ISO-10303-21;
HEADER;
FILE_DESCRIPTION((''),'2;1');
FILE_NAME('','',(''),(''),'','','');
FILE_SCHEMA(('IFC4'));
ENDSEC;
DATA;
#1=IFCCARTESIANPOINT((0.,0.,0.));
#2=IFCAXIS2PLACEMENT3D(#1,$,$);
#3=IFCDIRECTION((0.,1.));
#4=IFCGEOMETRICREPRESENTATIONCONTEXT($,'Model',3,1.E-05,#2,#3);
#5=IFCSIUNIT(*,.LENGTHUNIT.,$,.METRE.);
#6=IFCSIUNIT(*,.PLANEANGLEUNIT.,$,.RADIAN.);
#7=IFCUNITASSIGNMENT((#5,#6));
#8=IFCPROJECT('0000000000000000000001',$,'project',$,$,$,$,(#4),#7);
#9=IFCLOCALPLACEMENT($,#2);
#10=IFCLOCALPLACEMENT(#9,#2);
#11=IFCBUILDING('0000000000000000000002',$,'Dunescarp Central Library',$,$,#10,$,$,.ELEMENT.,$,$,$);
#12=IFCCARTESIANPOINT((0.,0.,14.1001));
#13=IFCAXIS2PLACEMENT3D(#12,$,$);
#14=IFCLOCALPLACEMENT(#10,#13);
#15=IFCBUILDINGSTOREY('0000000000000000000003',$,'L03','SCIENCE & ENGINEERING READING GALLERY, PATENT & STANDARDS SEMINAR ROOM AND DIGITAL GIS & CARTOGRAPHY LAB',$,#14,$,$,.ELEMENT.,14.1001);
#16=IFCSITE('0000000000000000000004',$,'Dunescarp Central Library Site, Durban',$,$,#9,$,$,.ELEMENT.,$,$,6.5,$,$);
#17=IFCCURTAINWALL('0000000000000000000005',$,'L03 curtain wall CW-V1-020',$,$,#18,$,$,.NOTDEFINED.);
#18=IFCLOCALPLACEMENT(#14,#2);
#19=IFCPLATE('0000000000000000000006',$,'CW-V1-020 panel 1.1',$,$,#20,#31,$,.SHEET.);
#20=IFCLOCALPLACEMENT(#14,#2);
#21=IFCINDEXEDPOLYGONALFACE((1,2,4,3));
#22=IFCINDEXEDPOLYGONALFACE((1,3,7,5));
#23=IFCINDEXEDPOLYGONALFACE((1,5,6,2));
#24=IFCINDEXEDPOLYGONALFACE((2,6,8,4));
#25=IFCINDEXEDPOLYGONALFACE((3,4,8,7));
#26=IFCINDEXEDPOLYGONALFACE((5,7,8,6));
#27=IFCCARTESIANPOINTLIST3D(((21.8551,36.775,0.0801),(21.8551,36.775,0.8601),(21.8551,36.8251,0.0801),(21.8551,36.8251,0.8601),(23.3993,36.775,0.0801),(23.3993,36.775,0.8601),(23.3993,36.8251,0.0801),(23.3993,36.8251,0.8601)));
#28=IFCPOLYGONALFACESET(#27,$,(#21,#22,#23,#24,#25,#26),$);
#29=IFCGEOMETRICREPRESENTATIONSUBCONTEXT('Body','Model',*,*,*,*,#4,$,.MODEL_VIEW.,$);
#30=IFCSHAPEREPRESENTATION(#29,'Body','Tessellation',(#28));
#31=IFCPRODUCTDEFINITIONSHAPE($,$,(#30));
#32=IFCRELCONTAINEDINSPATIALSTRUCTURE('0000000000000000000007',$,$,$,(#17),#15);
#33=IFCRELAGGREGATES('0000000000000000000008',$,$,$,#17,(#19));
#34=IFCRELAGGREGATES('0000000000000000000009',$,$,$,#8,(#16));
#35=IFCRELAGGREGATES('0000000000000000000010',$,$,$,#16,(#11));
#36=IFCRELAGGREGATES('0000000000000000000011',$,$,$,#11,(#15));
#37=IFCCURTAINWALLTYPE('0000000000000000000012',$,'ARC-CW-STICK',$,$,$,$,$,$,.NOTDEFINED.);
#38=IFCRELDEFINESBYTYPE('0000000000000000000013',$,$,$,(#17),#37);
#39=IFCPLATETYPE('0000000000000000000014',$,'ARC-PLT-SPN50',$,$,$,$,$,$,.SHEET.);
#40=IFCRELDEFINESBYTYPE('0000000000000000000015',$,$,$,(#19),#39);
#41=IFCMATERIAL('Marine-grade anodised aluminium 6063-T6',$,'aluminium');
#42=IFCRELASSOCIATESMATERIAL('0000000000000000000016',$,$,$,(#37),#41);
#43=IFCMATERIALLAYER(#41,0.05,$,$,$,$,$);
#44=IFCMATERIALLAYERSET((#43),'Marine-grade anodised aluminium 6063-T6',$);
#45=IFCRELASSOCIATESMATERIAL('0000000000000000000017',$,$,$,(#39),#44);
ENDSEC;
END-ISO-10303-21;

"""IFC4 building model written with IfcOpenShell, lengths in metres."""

from ifc_helpers import new_model, si_unit, direction, frame, origin, origin_2d, place, context, subcontext, project, spatial, rectangle, extrude, material, layer, layer_set, type_object, element, aggregate, save


model = new_model("IFC4")

# Units and contexts
model_context = context("Model", 3, precision=1e-05, world=origin(), true_north=direction((0.0, 1.0)))
body_context = subcontext(model_context, "Body", "Model", "MODEL_VIEW")
ifc_project = project(units=[si_unit("LENGTHUNIT", "METRE"), si_unit("PLANEANGLEUNIT", "RADIAN")], contexts=[model_context])

# Site, building, storey
site_placement = place(None, origin())
site = spatial("IfcSite", under=ifc_project, at=site_placement, Name="Dunescarp Central Library Site, Durban", CompositionType="ELEMENT", RefElevation=6.5)
building_placement = place(site_placement, origin())
building = spatial("IfcBuilding", under=site, at=building_placement, Name="Dunescarp Central Library", CompositionType="ELEMENT")
storey_placement = place(building_placement, frame((0.0, 0.0, 14.1001)))
storey = spatial("IfcBuildingStorey", under=building, at=storey_placement, Name="L03", Description="SCIENCE & ENGINEERING READING GALLERY, PATENT & STANDARDS SEMINAR ROOM AND DIGITAL GIS & CARTOGRAPHY LAB", CompositionType="ELEMENT", Elevation=14.1001)

# Curtain wall
ifc_material_1 = material(Name="Marine-grade anodised aluminium 6063-T6", Category="aluminium")
curtain_wall_type = type_object("IfcCurtainWallType", Name="ARC-CW-STICK", PredefinedType="NOTDEFINED", material=ifc_material_1)
curtain_wall_placement = place(storey_placement, origin())
curtain_wall = element("IfcCurtainWall", 1, at=curtain_wall_placement, inside=storey, type_object=curtain_wall_type, Name="L03 curtain wall CW-V1-020", PredefinedType="NOTDEFINED")

# Plate
ifc_layer_1 = layer(ifc_material_1, 0.05)
ifc_layer_set_1 = layer_set([ifc_layer_1], Name="Marine-grade anodised aluminium 6063-T6")
plate_type_1 = type_object("IfcPlateType", Name="ARC-PLT-SPN50", PredefinedType="SHEET", material=ifc_layer_set_1)
plate_1_placement = place(storey_placement, frame((22.6272, 36.8, 0.0801), z_axis=(0.0, 0.0, 1.0), x_axis=(1.0, 0.0, 0.0)))
plate_1 = element("IfcPlate", 2, at=plate_1_placement, type_object=plate_type_1, Name="CW-V1-020 panel 1.1", PredefinedType="SHEET", context=body_context, shape_type="SweptSolid", body=[
    extrude(rectangle(XDim=1.5442, YDim=0.05, at=origin_2d()), origin(), (0.0, 0.0, 1.0), 0.78),
])
aggregate(curtain_wall, [plate_1])

save(model, "model.ifc")
